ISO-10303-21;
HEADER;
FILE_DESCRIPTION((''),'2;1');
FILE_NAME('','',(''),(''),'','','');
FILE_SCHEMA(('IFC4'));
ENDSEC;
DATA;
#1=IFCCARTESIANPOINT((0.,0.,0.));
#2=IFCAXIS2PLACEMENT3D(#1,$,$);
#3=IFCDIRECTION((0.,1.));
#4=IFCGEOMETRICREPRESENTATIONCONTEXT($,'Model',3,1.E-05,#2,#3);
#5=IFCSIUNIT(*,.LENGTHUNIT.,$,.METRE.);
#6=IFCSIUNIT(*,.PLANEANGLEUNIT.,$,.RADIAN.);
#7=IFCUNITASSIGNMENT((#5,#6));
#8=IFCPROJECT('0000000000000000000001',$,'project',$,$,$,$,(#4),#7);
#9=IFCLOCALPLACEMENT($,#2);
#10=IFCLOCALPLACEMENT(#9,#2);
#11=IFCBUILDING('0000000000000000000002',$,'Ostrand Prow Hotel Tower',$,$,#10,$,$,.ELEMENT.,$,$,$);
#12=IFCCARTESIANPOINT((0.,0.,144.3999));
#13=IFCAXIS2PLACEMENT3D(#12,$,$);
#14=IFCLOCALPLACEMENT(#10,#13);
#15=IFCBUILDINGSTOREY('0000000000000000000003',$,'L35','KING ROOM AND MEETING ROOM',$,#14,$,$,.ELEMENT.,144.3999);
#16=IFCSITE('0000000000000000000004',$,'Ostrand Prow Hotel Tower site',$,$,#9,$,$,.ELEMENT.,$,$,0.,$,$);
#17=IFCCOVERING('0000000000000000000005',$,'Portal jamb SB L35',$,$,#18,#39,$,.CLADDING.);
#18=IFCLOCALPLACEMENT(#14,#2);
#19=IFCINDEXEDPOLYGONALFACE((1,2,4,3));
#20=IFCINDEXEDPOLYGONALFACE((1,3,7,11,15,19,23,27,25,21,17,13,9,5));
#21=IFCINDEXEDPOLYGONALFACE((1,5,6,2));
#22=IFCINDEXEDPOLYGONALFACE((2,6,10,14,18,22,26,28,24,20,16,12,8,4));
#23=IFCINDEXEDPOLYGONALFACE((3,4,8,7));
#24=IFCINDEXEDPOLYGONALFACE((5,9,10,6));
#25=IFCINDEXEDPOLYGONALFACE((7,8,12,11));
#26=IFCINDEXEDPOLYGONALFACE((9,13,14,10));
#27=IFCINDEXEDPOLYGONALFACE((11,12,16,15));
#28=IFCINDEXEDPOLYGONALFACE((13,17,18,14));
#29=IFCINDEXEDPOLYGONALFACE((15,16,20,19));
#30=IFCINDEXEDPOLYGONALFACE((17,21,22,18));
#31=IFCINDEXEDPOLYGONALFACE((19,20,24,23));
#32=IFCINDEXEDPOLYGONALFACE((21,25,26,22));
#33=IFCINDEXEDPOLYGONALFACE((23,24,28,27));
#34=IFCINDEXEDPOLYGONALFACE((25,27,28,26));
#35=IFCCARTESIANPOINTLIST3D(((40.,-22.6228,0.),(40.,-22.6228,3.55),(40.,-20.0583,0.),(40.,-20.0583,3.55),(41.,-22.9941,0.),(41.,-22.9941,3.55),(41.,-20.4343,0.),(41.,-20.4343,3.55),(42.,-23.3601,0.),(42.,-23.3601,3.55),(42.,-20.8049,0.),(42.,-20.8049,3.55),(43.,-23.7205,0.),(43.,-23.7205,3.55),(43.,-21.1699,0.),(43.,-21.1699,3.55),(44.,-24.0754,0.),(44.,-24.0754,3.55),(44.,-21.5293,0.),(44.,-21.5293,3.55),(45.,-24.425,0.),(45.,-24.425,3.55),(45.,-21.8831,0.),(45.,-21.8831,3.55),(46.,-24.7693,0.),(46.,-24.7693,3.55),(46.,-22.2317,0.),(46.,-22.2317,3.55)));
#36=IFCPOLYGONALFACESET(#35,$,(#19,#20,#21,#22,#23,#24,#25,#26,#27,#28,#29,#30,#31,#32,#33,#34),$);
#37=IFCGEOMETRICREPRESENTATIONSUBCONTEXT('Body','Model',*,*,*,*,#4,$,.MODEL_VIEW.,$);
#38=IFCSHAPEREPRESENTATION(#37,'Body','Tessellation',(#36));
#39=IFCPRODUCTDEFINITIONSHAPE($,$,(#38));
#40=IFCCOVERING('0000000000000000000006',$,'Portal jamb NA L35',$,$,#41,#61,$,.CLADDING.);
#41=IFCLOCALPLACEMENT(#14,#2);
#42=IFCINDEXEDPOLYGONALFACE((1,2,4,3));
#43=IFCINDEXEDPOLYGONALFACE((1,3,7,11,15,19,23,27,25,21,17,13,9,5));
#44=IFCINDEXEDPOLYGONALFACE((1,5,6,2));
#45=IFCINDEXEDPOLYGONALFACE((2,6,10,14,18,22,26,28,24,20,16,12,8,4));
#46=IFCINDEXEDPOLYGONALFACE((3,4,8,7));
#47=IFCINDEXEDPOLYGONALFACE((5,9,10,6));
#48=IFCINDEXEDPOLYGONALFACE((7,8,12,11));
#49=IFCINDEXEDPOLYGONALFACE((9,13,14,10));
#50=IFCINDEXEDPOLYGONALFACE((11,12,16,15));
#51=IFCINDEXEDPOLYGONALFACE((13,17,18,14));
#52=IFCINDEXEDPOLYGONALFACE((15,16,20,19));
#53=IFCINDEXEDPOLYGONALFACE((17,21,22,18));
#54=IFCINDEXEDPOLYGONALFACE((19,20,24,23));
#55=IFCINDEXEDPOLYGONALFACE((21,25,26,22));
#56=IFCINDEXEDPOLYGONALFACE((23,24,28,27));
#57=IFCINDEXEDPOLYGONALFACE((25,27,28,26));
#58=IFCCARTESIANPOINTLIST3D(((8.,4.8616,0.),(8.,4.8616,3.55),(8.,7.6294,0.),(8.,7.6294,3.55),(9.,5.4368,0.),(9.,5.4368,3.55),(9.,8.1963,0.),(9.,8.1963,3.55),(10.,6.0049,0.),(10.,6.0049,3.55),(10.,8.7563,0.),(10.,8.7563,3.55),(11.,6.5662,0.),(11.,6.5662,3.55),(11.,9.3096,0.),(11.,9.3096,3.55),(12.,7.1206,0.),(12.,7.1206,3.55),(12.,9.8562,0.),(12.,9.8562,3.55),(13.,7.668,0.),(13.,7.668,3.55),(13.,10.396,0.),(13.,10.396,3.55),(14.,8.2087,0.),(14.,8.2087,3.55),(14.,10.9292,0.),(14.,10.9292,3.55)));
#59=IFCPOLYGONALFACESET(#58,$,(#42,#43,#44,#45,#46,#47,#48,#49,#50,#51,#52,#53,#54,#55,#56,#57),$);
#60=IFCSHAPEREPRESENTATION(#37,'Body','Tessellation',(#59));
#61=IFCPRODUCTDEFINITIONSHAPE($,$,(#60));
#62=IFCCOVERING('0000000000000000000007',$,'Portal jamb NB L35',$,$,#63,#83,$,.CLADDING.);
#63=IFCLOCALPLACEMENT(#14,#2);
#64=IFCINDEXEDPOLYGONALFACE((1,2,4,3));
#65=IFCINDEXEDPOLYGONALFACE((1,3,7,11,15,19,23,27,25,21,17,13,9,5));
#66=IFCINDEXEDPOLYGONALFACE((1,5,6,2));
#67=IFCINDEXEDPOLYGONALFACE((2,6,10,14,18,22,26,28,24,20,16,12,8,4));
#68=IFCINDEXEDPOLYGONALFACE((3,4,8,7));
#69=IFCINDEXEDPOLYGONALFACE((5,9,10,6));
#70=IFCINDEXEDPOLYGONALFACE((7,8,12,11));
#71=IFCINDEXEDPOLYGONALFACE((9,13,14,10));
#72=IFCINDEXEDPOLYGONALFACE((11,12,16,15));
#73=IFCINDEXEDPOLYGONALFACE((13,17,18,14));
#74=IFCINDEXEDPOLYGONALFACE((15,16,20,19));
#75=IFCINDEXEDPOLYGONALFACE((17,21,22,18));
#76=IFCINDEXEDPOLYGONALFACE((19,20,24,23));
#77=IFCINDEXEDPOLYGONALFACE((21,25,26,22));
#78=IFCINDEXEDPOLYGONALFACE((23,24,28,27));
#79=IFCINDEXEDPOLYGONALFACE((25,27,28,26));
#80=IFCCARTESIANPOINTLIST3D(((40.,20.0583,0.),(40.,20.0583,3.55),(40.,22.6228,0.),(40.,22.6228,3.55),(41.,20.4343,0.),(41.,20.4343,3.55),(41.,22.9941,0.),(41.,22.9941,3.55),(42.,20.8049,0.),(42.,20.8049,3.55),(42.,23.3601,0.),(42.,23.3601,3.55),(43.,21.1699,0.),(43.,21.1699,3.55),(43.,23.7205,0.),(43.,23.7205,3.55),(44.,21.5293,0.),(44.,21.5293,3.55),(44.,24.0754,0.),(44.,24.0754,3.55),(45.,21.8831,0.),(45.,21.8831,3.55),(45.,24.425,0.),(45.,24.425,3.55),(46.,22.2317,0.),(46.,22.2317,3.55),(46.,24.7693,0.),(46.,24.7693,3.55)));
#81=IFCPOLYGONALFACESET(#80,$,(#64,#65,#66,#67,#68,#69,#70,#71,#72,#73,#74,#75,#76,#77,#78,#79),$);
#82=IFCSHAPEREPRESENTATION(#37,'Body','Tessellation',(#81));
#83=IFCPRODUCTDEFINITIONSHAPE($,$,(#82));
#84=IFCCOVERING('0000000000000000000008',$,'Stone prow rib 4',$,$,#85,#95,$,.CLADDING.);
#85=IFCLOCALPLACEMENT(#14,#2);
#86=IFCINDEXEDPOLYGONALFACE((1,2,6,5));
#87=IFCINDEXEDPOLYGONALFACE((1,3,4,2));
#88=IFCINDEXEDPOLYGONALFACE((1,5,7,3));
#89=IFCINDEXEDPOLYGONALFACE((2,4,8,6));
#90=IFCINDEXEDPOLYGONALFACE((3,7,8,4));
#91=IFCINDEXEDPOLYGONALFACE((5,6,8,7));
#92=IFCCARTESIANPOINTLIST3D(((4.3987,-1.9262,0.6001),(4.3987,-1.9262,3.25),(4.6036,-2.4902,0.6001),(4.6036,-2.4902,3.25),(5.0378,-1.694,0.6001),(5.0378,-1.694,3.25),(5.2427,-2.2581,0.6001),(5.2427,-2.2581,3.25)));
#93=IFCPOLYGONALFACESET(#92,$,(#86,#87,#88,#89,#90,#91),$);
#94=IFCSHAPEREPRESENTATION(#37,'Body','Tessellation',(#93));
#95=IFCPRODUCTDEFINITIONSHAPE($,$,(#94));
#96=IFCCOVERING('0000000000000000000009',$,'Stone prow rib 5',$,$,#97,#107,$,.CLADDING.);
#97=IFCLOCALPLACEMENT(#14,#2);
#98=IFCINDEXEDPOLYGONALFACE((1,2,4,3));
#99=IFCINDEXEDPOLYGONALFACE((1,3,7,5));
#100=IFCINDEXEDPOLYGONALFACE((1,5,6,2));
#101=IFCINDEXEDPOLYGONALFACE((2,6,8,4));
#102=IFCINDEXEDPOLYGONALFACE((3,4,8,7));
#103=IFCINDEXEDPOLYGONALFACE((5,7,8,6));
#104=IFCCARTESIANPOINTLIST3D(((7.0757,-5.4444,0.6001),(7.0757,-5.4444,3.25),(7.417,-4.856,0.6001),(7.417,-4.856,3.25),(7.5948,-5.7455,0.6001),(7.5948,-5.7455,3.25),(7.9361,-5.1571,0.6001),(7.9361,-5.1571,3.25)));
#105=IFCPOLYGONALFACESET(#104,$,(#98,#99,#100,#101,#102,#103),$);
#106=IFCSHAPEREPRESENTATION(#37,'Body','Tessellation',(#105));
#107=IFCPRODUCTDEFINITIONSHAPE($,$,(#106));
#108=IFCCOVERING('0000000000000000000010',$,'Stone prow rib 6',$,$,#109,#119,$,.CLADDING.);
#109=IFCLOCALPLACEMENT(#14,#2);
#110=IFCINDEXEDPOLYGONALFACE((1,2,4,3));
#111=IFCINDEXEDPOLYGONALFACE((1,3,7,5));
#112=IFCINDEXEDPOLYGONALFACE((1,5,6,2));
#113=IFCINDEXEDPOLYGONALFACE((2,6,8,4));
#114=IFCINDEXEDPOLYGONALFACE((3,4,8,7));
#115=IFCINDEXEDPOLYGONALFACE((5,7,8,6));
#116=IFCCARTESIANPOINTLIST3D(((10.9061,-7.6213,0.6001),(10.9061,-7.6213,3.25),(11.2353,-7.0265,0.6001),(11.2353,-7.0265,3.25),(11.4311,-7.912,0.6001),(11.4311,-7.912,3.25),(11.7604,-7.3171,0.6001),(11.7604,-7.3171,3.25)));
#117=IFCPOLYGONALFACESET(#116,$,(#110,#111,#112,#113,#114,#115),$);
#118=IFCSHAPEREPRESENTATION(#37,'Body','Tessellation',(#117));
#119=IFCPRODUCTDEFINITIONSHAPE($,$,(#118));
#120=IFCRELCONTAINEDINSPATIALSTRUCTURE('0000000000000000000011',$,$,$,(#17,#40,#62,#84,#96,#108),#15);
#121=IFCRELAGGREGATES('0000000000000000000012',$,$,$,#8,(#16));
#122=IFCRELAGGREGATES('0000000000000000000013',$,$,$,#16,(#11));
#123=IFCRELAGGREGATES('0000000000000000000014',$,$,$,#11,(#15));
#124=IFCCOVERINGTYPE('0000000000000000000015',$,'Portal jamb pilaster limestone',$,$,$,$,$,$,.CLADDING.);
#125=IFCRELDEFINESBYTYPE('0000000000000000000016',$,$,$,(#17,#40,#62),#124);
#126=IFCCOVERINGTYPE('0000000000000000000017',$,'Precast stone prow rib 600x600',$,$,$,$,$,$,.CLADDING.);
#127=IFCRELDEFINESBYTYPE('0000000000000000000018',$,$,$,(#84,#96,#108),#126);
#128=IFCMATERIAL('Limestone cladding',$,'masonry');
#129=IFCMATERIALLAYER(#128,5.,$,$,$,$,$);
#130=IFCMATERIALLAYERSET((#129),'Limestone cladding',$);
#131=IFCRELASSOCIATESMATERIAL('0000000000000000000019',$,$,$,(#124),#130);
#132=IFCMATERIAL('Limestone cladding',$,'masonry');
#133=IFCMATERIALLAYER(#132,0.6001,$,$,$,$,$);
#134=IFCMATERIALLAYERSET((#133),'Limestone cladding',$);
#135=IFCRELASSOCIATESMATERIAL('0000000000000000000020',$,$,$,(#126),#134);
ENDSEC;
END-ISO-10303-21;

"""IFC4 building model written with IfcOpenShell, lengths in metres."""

from ifc_helpers import new_model, si_unit, direction, frame, frame_2d, origin, place, context, subcontext, project, spatial, polyline, rectangle, outline, extrude, material, layer, layer_set, type_object, element, save


model = new_model("IFC4")

# Units and contexts
model_context = context("Model", 3, precision=1e-05, world=origin(), true_north=direction((0.0, 1.0)))
body_context = subcontext(model_context, "Body", "Model", "MODEL_VIEW")
ifc_project = project(units=[si_unit("LENGTHUNIT", "METRE"), si_unit("PLANEANGLEUNIT", "RADIAN")], contexts=[model_context])

# Site, building, storey
site_placement = place(None, origin())
site = spatial("IfcSite", under=ifc_project, at=site_placement, Name="Ostrand Prow Hotel Tower site", CompositionType="ELEMENT", RefElevation=0.0)
building_placement = place(site_placement, origin())
building = spatial("IfcBuilding", under=site, at=building_placement, Name="Ostrand Prow Hotel Tower", CompositionType="ELEMENT")
storey_placement = place(building_placement, frame((0.0, 0.0, 144.3999)))
storey = spatial("IfcBuildingStorey", under=building, at=storey_placement, Name="L35", Description="KING ROOM AND MEETING ROOM", CompositionType="ELEMENT", Elevation=144.3999)

# Coverings
ifc_material_1 = material(Name="Limestone cladding", Category="masonry")
ifc_layer_1 = layer(ifc_material_1, 5.0)
ifc_layer_set_1 = layer_set([ifc_layer_1], Name="Limestone cladding")
covering_type_1 = type_object("IfcCoveringType", Name="Portal jamb pilaster limestone", PredefinedType="CLADDING", material=ifc_layer_set_1)
covering_1_placement = place(storey_placement, origin())
element("IfcCovering", 1, at=covering_1_placement, inside=storey, type_object=covering_type_1, Name="Portal jamb SB L35", PredefinedType="CLADDING", context=body_context, shape_type="SweptSolid", body=[
    extrude(outline(polyline([(40.0, -20.0583), (40.0, -22.6228), (41.0, -22.9941), (42.0, -23.3601), (43.0, -23.7205), (44.0, -24.0754), (45.0, -24.425), (46.0, -24.7693), (46.0, -22.2317), (45.0, -21.8831), (44.0, -21.5293), (43.0, -21.1699), (42.0, -20.8049), (41.0, -20.4343), (40.0, -20.0583)])), origin(), (0.0, 0.0, 1.0), 3.55),
])
covering_2_placement = place(storey_placement, origin())
element("IfcCovering", 2, at=covering_2_placement, inside=storey, type_object=covering_type_1, Name="Portal jamb NA L35", PredefinedType="CLADDING", context=body_context, shape_type="SweptSolid", body=[
    extrude(outline(polyline([(8.0, 4.8616), (9.0, 5.4368), (10.0, 6.0049), (11.0, 6.5662), (12.0, 7.1206), (13.0, 7.668), (14.0, 8.2087), (14.0, 10.9292), (13.0, 10.396), (12.0, 9.8562), (11.0, 9.3096), (10.0, 8.7563), (9.0, 8.1963), (8.0, 7.6294), (8.0, 4.8616)])), origin(), (0.0, 0.0, 1.0), 3.55),
])
covering_3_placement = place(storey_placement, origin())
element("IfcCovering", 3, at=covering_3_placement, inside=storey, type_object=covering_type_1, Name="Portal jamb NB L35", PredefinedType="CLADDING", context=body_context, shape_type="SweptSolid", body=[
    extrude(outline(polyline([(40.0, 20.0583), (41.0, 20.4343), (42.0, 20.8049), (43.0, 21.1699), (44.0, 21.5293), (45.0, 21.8831), (46.0, 22.2317), (46.0, 24.7693), (45.0, 24.425), (44.0, 24.0754), (43.0, 23.7205), (42.0, 23.3601), (41.0, 22.9941), (40.0, 22.6228), (40.0, 20.0583)])), origin(), (0.0, 0.0, 1.0), 3.55),
])
ifc_material_2 = material(Name="Limestone cladding", Category="masonry")
ifc_layer_2 = layer(ifc_material_2, 0.6001)
ifc_layer_set_2 = layer_set([ifc_layer_2], Name="Limestone cladding")
covering_type_2 = type_object("IfcCoveringType", Name="Precast stone prow rib 600x600", PredefinedType="CLADDING", material=ifc_layer_set_2)
covering_4_placement = place(storey_placement, frame((5.1401, -1.9761, 0.6001), z_axis=(0.0, 0.0, 1.0), x_axis=(-0.939909, -0.341426, 0.0)))
element("IfcCovering", 4, at=covering_4_placement, inside=storey, type_object=covering_type_2, Name="Stone prow rib 4", PredefinedType="CLADDING", context=body_context, shape_type="SweptSolid", body=[
    extrude(rectangle(XDim=0.6799, YDim=0.6001, at=frame_2d((0.3398, 0.0))), origin(), (0.0, 0.0, 1.0), 2.6499),
])
covering_5_placement = place(storey_placement, frame((7.6765, -5.0066, 0.6001), z_axis=(0.0, 0.0, 1.0), x_axis=(-0.501772, -0.865, 0.0)))
element("IfcCovering", 5, at=covering_5_placement, inside=storey, type_object=covering_type_2, Name="Stone prow rib 5", PredefinedType="CLADDING", context=body_context, shape_type="SweptSolid", body=[
    extrude(rectangle(XDim=0.6802, YDim=0.6001, at=frame_2d((0.3401, 0.0))), origin(), (0.0, 0.0, 1.0), 2.6499),
])
covering_6_placement = place(storey_placement, frame((11.4978, -7.1719, 0.6001), z_axis=(0.0, 0.0, 1.0), x_axis=(-0.484301, -0.874901, 0.0)))
element("IfcCovering", 6, at=covering_6_placement, inside=storey, type_object=covering_type_2, Name="Stone prow rib 6", PredefinedType="CLADDING", context=body_context, shape_type="SweptSolid", body=[
    extrude(rectangle(XDim=0.6799, YDim=0.6001, at=frame_2d((0.3398, 0.0))), origin(), (0.0, 0.0, 1.0), 2.6499),
])

save(model, "model.ifc")
